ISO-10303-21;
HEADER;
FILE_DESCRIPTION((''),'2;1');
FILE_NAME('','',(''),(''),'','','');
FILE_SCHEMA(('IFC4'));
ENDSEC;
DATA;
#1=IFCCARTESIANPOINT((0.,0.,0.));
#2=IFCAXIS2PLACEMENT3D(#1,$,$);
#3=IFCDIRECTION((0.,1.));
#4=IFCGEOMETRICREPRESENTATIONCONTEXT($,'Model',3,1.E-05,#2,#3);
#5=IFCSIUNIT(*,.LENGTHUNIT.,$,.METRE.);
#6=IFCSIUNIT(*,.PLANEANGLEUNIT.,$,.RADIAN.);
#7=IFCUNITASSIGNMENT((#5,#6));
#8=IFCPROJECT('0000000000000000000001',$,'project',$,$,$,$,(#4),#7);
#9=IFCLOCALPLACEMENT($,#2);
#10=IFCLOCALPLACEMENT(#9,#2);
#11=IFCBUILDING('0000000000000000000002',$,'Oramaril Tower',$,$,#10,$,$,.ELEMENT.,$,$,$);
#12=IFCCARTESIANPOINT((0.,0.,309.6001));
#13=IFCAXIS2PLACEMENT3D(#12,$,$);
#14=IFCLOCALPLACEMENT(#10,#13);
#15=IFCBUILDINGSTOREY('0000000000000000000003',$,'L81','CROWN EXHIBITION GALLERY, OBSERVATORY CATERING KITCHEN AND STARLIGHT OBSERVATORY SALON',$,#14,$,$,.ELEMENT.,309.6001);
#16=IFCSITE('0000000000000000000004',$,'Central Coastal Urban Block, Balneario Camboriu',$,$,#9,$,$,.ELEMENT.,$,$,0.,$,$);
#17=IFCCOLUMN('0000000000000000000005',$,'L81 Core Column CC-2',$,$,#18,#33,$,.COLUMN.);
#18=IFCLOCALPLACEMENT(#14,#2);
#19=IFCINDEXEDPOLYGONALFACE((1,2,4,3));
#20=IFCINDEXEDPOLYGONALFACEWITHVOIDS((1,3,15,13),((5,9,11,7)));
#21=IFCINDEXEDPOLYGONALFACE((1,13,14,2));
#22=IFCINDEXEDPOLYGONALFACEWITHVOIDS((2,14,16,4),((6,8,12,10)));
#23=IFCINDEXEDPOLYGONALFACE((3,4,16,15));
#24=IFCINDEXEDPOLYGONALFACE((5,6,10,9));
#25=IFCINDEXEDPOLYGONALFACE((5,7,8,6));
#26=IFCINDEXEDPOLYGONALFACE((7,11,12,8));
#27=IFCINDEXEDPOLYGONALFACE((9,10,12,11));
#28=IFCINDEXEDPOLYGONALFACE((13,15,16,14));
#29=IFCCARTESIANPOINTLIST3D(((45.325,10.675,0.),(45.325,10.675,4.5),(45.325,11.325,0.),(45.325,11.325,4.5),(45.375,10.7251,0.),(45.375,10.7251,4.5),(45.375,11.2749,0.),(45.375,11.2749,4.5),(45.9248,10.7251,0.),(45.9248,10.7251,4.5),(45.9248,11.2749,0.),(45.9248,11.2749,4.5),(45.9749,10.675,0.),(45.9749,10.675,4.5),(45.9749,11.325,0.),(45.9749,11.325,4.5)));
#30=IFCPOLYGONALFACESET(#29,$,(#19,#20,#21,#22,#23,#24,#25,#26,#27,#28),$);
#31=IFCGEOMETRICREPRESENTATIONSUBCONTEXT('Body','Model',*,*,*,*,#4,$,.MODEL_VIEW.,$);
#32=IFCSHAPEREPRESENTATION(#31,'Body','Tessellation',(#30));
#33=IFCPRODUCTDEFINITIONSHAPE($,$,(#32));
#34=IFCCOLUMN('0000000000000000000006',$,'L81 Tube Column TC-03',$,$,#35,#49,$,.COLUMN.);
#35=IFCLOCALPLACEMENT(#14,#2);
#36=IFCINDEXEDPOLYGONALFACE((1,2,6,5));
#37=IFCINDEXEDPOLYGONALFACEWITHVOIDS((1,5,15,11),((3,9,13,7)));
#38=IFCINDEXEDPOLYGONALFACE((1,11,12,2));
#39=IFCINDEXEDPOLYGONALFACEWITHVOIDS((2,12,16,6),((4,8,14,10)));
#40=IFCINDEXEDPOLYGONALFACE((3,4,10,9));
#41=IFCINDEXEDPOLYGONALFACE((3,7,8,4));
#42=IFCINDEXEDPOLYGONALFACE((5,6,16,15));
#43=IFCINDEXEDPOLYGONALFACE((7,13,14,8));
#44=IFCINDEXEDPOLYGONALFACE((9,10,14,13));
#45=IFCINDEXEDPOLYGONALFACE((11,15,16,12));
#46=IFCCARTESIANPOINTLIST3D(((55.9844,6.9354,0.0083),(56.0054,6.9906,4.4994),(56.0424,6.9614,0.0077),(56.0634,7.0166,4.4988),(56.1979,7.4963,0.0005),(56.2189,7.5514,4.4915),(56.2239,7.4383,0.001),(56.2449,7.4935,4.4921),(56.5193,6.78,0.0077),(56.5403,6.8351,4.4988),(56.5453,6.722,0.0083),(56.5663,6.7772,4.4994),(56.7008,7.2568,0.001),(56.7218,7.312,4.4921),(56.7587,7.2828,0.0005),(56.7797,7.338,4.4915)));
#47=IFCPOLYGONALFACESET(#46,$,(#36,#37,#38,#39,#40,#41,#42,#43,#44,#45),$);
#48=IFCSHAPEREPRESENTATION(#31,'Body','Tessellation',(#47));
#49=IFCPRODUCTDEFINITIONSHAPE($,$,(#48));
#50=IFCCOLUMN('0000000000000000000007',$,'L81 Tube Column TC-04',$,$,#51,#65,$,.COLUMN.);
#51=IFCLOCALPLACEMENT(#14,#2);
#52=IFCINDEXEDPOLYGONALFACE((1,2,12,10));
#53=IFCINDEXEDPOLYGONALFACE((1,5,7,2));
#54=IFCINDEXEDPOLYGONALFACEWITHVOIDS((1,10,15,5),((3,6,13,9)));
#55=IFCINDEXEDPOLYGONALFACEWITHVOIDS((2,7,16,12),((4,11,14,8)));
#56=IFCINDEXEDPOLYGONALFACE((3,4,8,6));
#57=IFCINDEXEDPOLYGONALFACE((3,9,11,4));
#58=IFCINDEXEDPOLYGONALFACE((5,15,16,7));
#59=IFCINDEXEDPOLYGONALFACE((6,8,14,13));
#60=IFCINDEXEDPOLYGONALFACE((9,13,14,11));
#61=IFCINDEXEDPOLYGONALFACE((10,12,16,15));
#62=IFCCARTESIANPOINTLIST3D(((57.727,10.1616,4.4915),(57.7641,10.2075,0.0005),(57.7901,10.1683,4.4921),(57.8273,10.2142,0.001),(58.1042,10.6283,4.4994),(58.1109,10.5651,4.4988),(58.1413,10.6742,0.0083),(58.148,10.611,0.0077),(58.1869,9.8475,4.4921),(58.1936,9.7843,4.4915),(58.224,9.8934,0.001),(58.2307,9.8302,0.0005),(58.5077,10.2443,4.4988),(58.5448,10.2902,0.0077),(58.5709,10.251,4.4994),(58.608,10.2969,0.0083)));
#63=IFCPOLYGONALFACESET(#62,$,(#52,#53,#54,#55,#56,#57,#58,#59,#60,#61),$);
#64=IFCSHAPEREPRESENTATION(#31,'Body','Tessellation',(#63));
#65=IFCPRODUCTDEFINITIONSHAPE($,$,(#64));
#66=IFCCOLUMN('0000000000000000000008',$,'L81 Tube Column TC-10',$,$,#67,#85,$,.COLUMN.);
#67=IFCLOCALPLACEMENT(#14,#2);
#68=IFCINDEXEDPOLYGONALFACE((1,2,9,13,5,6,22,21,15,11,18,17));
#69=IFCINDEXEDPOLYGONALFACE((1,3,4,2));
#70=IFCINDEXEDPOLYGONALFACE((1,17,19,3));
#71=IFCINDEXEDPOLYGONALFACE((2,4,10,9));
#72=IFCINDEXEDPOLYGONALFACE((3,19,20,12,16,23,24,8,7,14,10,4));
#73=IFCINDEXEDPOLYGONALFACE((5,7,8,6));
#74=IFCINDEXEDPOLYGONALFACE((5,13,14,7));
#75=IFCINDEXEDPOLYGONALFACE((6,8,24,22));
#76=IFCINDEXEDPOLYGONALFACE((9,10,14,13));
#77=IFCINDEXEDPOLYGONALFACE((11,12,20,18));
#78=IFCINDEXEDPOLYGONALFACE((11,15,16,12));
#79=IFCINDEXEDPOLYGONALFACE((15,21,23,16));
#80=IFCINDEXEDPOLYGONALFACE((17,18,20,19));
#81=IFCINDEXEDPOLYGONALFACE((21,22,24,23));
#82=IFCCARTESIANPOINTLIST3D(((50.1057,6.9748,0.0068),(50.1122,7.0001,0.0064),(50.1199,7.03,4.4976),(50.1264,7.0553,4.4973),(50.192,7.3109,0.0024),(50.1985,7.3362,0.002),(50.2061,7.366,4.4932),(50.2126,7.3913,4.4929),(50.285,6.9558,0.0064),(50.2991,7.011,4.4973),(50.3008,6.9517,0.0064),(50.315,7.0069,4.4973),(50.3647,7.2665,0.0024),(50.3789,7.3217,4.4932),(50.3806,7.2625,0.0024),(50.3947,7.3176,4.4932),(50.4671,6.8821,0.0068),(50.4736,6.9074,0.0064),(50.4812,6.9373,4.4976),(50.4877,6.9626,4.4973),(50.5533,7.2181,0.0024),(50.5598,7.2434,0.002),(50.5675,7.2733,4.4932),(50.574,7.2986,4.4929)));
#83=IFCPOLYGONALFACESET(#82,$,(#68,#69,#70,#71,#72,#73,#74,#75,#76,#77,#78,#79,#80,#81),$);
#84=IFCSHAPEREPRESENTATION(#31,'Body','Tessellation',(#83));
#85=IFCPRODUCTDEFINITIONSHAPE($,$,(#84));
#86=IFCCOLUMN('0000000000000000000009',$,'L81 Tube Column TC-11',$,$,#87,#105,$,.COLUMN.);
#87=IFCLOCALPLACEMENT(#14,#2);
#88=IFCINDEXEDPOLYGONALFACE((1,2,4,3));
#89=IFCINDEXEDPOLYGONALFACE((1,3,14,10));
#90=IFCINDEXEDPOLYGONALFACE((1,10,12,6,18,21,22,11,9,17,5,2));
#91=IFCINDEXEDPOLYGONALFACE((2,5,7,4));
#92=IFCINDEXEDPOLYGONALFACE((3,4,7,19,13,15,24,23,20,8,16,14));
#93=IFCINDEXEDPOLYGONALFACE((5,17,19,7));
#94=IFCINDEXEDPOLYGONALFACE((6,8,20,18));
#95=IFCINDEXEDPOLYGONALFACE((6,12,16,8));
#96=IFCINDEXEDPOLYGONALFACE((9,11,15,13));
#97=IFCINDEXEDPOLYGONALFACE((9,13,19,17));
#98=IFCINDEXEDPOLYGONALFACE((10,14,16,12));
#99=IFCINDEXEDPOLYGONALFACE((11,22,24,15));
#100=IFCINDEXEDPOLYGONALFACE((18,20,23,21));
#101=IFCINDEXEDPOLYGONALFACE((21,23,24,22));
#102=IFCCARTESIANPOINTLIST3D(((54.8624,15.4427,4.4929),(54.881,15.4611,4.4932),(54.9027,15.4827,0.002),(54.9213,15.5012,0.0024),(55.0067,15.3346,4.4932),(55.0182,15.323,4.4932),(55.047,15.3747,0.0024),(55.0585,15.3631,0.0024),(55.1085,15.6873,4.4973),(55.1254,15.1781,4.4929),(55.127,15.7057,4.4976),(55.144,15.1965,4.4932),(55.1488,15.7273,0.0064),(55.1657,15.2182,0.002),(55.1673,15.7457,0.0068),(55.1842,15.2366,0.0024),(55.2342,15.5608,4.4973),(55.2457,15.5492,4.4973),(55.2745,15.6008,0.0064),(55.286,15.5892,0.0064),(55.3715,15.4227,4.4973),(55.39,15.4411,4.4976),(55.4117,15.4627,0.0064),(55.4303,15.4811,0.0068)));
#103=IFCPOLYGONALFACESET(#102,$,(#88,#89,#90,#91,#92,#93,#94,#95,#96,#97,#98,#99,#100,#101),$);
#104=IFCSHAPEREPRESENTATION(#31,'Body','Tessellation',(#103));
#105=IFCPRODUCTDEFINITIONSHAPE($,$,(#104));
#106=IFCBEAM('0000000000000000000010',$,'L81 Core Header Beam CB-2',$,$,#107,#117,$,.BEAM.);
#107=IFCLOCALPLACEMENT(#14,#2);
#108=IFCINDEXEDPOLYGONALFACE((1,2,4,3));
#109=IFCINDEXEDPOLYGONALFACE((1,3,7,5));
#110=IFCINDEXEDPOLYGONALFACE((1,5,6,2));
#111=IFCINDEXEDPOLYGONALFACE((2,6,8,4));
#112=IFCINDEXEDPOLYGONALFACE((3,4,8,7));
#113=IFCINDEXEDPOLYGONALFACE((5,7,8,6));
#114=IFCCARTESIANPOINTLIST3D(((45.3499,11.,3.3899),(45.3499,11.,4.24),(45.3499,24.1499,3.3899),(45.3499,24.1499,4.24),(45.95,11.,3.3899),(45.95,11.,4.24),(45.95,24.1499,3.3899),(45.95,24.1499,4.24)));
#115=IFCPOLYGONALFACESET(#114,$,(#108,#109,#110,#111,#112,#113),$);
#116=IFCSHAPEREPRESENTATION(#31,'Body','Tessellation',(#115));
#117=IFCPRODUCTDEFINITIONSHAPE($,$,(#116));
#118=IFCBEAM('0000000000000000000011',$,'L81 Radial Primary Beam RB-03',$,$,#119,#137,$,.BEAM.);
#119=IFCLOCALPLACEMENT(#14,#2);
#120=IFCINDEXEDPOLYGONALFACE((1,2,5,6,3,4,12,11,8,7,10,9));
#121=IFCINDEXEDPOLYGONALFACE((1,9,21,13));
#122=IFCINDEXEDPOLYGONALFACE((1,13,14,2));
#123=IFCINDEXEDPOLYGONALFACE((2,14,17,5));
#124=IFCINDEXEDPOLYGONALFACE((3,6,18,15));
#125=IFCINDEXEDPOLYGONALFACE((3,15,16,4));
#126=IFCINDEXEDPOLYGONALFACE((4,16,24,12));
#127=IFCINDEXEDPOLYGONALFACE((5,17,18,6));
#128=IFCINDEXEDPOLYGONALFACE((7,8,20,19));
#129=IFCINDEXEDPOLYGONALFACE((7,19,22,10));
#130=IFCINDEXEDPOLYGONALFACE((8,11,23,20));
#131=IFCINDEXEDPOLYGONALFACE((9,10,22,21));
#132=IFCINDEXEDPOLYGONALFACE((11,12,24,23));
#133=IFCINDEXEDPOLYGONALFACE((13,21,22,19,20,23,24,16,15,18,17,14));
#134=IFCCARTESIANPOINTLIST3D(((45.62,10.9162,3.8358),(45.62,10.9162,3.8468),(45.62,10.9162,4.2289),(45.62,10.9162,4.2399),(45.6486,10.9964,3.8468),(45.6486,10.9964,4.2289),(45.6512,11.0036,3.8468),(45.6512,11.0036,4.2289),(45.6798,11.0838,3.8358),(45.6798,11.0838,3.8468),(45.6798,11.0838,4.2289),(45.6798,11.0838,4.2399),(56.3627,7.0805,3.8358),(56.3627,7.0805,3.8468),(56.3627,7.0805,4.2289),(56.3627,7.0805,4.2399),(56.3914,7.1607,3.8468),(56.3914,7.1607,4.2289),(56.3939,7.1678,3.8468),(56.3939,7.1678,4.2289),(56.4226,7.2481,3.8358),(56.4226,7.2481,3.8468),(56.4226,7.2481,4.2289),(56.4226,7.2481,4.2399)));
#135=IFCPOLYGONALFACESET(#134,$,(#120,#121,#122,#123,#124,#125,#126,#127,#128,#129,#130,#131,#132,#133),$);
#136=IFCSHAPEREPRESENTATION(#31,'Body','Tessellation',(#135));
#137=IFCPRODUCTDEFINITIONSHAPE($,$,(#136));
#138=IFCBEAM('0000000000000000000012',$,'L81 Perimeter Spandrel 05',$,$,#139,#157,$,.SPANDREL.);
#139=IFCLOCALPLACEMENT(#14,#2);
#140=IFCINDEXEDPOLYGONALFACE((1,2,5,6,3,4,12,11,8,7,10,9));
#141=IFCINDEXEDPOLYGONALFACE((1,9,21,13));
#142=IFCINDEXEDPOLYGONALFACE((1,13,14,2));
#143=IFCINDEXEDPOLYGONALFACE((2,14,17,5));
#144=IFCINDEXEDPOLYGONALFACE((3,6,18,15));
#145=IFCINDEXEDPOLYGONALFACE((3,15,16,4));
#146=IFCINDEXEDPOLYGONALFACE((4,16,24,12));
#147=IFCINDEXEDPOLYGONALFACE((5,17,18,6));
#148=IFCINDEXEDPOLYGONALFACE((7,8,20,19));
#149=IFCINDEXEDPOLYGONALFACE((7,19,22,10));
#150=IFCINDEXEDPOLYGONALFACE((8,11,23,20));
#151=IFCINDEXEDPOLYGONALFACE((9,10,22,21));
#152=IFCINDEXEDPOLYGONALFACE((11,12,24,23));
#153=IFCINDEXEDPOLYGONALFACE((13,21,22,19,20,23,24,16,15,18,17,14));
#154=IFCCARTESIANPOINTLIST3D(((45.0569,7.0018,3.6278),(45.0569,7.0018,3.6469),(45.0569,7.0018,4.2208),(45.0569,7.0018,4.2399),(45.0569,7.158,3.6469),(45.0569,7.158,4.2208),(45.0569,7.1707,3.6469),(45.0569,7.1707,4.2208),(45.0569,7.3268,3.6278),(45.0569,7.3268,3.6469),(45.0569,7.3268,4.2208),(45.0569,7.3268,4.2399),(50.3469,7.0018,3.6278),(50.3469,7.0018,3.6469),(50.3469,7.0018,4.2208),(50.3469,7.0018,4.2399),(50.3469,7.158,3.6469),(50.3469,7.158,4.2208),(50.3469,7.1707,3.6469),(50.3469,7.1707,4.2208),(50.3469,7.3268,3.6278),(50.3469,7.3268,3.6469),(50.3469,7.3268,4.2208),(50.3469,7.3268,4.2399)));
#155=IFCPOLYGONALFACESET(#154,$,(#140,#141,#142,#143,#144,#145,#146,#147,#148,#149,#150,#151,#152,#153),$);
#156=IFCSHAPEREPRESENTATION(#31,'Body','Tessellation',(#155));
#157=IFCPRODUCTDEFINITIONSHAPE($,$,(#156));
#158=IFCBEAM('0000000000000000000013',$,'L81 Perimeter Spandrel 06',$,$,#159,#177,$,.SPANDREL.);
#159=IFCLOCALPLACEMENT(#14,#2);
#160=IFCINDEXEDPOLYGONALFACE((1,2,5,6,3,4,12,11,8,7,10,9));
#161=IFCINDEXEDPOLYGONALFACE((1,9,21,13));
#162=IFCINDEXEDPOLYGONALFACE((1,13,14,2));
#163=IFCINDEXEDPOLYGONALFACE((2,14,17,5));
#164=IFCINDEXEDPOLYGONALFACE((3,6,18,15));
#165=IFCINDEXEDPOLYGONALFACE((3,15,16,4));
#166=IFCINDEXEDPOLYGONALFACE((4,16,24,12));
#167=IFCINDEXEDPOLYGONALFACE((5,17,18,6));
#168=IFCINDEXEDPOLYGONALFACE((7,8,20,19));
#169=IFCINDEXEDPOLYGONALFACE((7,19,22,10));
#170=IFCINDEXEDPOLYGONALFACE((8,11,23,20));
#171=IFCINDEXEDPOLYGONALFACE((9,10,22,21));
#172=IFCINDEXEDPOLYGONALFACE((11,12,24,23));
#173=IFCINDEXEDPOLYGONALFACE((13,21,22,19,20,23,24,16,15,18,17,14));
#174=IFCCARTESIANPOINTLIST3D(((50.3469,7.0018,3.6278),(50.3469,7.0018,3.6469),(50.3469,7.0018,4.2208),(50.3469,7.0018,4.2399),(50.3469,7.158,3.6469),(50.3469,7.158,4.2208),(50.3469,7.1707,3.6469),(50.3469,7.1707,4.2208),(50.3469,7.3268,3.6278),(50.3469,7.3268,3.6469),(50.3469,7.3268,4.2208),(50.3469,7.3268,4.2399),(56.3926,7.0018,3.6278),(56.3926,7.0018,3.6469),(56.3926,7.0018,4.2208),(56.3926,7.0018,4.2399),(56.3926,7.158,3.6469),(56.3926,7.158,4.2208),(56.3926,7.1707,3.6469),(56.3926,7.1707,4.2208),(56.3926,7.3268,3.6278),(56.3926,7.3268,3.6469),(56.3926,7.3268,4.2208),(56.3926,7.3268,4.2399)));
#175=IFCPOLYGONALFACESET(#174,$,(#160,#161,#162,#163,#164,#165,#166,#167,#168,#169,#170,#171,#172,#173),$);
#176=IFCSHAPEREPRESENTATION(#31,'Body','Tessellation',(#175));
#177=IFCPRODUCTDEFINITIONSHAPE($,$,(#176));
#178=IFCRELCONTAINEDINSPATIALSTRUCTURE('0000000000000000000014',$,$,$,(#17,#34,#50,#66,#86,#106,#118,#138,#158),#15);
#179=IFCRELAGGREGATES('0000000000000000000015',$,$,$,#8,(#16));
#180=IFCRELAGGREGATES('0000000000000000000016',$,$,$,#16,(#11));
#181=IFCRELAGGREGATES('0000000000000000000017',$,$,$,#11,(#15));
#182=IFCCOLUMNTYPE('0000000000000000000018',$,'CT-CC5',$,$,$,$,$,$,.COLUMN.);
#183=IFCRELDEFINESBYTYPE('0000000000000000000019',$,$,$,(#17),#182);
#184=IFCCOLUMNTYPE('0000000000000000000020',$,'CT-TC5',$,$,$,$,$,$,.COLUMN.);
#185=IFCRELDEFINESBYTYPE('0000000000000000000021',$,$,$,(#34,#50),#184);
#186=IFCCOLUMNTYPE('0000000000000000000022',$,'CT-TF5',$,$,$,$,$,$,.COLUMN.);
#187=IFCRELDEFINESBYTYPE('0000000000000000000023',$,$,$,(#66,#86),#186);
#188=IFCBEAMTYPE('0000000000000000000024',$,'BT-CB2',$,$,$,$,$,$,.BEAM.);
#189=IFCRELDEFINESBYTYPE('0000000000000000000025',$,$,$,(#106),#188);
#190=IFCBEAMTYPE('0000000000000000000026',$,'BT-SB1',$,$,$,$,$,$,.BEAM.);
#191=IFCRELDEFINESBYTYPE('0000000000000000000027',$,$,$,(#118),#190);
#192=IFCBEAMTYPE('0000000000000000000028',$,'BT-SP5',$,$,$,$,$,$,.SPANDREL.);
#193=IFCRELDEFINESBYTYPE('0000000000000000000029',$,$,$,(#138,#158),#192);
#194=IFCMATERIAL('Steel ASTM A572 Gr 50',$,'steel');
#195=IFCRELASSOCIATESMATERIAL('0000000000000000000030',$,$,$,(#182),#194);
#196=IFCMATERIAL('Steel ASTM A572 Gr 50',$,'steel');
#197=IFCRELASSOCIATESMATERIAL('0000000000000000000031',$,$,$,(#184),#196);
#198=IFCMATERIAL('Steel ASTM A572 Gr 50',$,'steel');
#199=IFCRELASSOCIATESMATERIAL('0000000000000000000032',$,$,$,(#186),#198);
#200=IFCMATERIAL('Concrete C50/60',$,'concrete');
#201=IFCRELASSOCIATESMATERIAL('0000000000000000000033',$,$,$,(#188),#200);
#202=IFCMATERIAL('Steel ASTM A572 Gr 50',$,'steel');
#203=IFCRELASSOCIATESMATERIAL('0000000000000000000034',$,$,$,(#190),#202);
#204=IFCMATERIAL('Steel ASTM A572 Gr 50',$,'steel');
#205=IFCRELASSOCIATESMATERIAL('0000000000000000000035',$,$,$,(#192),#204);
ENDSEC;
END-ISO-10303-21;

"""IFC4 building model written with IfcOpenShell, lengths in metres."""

from ifc_helpers import new_model, si_unit, direction, frame, origin, origin_2d, place, context, subcontext, project, spatial, rectangle, hollow_rectangle, i_section, extrude, material, material_profile, profile_set, type_object, element, save


model = new_model("IFC4")

# Units and contexts
model_context = context("Model", 3, precision=1e-05, world=origin(), true_north=direction((0.0, 1.0)))
body_context = subcontext(model_context, "Body", "Model", "MODEL_VIEW")
ifc_project = project(units=[si_unit("LENGTHUNIT", "METRE"), si_unit("PLANEANGLEUNIT", "RADIAN")], contexts=[model_context])

# Site, building, storey
site_placement = place(None, origin())
site = spatial("IfcSite", under=ifc_project, at=site_placement, Name="Central Coastal Urban Block, Balneario Camboriu", CompositionType="ELEMENT", RefElevation=0.0)
building_placement = place(site_placement, origin())
building = spatial("IfcBuilding", under=site, at=building_placement, Name="Oramaril Tower", CompositionType="ELEMENT")
storey_placement = place(building_placement, frame((0.0, 0.0, 309.6001)))
storey = spatial("IfcBuildingStorey", under=building, at=storey_placement, Name="L81", Description="CROWN EXHIBITION GALLERY, OBSERVATORY CATERING KITCHEN AND STARLIGHT OBSERVATORY SALON", CompositionType="ELEMENT", Elevation=309.6001)

# Columns
ifc_material_1 = material(Name="Steel ASTM A572 Gr 50", Category="steel")
ifc_material_profile_1 = material_profile(ifc_material_1, hollow_rectangle(XDim=0.6499, YDim=0.6499, WallThickness=0.05, at=origin_2d()), Name="BOX650X650X50")
ifc_profile_set_1 = profile_set([ifc_material_profile_1], Name="Steel ASTM A572 Gr 50")
column_type_1 = type_object("IfcColumnType", Name="CT-CC5", PredefinedType="COLUMN", material=ifc_profile_set_1)
column_placement = place(storey_placement, frame((45.6499, 11.0, 0.0), z_axis=(0.0, 0.0, 1.0), x_axis=(1.0, 0.0, 0.0)))
element("IfcColumn", 1, at=column_placement, inside=storey, type_object=column_type_1, Name="L81 Core Column CC-2", PredefinedType="COLUMN", context=body_context, shape_type="SweptSolid", body=[
    extrude(hollow_rectangle(XDim=0.6499, YDim=0.6499, WallThickness=0.05, at=origin_2d()), origin(), (0.0, 0.0, 1.0), 4.5),
])
ifc_material_2 = material(Name="Steel ASTM A572 Gr 50", Category="steel")
ifc_material_profile_2 = material_profile(ifc_material_2, hollow_rectangle(XDim=0.6001, YDim=0.6001, WallThickness=0.0449, at=origin_2d()), Name="BOX600X600X45")
ifc_profile_set_2 = profile_set([ifc_material_profile_2], Name="Steel ASTM A572 Gr 50")
column_type_2 = type_object("IfcColumnType", Name="CT-TC5", PredefinedType="COLUMN", material=ifc_profile_set_2)
for number, where, z_axis, x_axis, name in (
    (2, (56.3716, 7.1091, 0.0044), (0.004675, 0.012285, 0.999914), (-0.934619, 0.355651, 0.0), "L81 Tube Column TC-03"),
    (3, (58.186, 10.2522, 0.0044), (-0.008262, -0.010219, 0.999914), (0.77763, -0.628722, 0.0), "L81 Tube Column TC-04"),
):
    element("IfcColumn", number, at=place(storey_placement, frame(where, z_axis=z_axis, x_axis=x_axis)), inside=storey, type_object=column_type_2, Name=name, PredefinedType="COLUMN", context=body_context, shape_type="SweptSolid", body=[
        extrude(hollow_rectangle(XDim=0.6001, YDim=0.6001, WallThickness=0.0449, at=origin_2d()), origin(), (0.0, 0.0, 1.0), 4.4915),
    ])
ifc_material_3 = material(Name="Steel ASTM A572 Gr 50", Category="steel")
ifc_material_profile_3 = material_profile(ifc_material_3, i_section(OverallWidth=0.373, OverallDepth=0.373, WebThickness=0.0164, FlangeThickness=0.0261, at=origin_2d()), Name="W14X132")
ifc_profile_set_3 = profile_set([ifc_material_profile_3], Name="Steel ASTM A572 Gr 50")
column_type_3 = type_object("IfcColumnType", Name="CT-TF5", PredefinedType="COLUMN", material=ifc_profile_set_3)
for number, where, z_axis, x_axis, name in (
    (4, (50.3328, 7.1091, 0.0044), (0.003153, 0.012285, 0.99992), (-0.968611, 0.248582, 0.0), "L81 Tube Column TC-10"),
    (5, (55.1665, 15.4819, 0.0044), (-0.008969, -0.008915, 0.99992), (0.704954, -0.709253, 0.0), "L81 Tube Column TC-11"),
):
    element("IfcColumn", number, at=place(storey_placement, frame(where, z_axis=z_axis, x_axis=x_axis)), inside=storey, type_object=column_type_3, Name=name, PredefinedType="COLUMN", context=body_context, shape_type="SweptSolid", body=[
        extrude(i_section(OverallWidth=0.373, OverallDepth=0.373, WebThickness=0.0164, FlangeThickness=0.0261, at=origin_2d()), origin(), (0.0, 0.0, 1.0), 4.4912),
    ])

# Beams
ifc_material_4 = material(Name="Concrete C50/60", Category="concrete")
ifc_material_profile_4 = material_profile(ifc_material_4, rectangle(XDim=0.6001, YDim=0.8501, at=origin_2d()), Name="CB600X850")
ifc_profile_set_4 = profile_set([ifc_material_profile_4], Name="Concrete C50/60")
beam_type_1 = type_object("IfcBeamType", Name="BT-CB2", PredefinedType="BEAM", material=ifc_profile_set_4)
beam_1_placement = place(storey_placement, frame((45.6499, 11.0, 3.8149), z_axis=(0.0, 1.0, 0.0), x_axis=(-1.0, 0.0, 0.0)))
element("IfcBeam", 6, at=beam_1_placement, inside=storey, type_object=beam_type_1, Name="L81 Core Header Beam CB-2", PredefinedType="BEAM", context=body_context, shape_type="SweptSolid", body=[
    extrude(rectangle(XDim=0.6001, YDim=0.8501, at=origin_2d()), origin(), (0.0, 0.0, 1.0), 13.1499),
])
ifc_material_5 = material(Name="Steel ASTM A572 Gr 50", Category="steel")
ifc_material_profile_5 = material_profile(ifc_material_5, i_section(OverallWidth=0.178, OverallDepth=0.4041, WebThickness=0.0076, FlangeThickness=0.011, at=origin_2d()), Name="W16X36")
ifc_profile_set_5 = profile_set([ifc_material_profile_5], Name="Steel ASTM A572 Gr 50")
beam_type_2 = type_object("IfcBeamType", Name="BT-SB1", PredefinedType="BEAM", material=ifc_profile_set_5)
beam_2_placement = place(storey_placement, frame((45.6499, 11.0, 4.0378), z_axis=(0.941769, -0.33626, 0.0), x_axis=(0.33626, 0.941769, 0.0)))
element("IfcBeam", 7, at=beam_2_placement, inside=storey, type_object=beam_type_2, Name="L81 Radial Primary Beam RB-03", PredefinedType="BEAM", context=body_context, shape_type="SweptSolid", body=[
    extrude(i_section(OverallWidth=0.178, OverallDepth=0.4041, WebThickness=0.0076, FlangeThickness=0.011, at=origin_2d()), origin(), (0.0, 0.0, 1.0), 11.407),
])
ifc_material_6 = material(Name="Steel ASTM A572 Gr 50", Category="steel")
ifc_material_profile_6 = material_profile(ifc_material_6, i_section(OverallWidth=0.325, OverallDepth=0.6121, WebThickness=0.0127, FlangeThickness=0.019, at=origin_2d()), Name="W24X104")
ifc_profile_set_6 = profile_set([ifc_material_profile_6], Name="Steel ASTM A572 Gr 50")
beam_type_3 = type_object("IfcBeamType", Name="BT-SP5", PredefinedType="SPANDREL", material=ifc_profile_set_6)
beam_3_placement = place(storey_placement, frame((45.0569, 7.1643, 3.9338), z_axis=(1.0, 0.0, 0.0), x_axis=(0.0, 1.0, 0.0)))
element("IfcBeam", 8, at=beam_3_placement, inside=storey, type_object=beam_type_3, Name="L81 Perimeter Spandrel 05", PredefinedType="SPANDREL", context=body_context, shape_type="SweptSolid", body=[
    extrude(i_section(OverallWidth=0.325, OverallDepth=0.6121, WebThickness=0.0127, FlangeThickness=0.019, at=origin_2d()), origin(), (0.0, 0.0, 1.0), 5.29),
])
beam_4_placement = place(storey_placement, frame((50.3469, 7.1643, 3.9338), z_axis=(1.0, 0.0, 0.0), x_axis=(0.0, 1.0, 0.0)))
element("IfcBeam", 9, at=beam_4_placement, inside=storey, type_object=beam_type_3, Name="L81 Perimeter Spandrel 06", PredefinedType="SPANDREL", context=body_context, shape_type="SweptSolid", body=[
    extrude(i_section(OverallWidth=0.325, OverallDepth=0.6121, WebThickness=0.0127, FlangeThickness=0.019, at=origin_2d()), origin(), (0.0, 0.0, 1.0), 6.0457),
])

save(model, "model.ifc")
